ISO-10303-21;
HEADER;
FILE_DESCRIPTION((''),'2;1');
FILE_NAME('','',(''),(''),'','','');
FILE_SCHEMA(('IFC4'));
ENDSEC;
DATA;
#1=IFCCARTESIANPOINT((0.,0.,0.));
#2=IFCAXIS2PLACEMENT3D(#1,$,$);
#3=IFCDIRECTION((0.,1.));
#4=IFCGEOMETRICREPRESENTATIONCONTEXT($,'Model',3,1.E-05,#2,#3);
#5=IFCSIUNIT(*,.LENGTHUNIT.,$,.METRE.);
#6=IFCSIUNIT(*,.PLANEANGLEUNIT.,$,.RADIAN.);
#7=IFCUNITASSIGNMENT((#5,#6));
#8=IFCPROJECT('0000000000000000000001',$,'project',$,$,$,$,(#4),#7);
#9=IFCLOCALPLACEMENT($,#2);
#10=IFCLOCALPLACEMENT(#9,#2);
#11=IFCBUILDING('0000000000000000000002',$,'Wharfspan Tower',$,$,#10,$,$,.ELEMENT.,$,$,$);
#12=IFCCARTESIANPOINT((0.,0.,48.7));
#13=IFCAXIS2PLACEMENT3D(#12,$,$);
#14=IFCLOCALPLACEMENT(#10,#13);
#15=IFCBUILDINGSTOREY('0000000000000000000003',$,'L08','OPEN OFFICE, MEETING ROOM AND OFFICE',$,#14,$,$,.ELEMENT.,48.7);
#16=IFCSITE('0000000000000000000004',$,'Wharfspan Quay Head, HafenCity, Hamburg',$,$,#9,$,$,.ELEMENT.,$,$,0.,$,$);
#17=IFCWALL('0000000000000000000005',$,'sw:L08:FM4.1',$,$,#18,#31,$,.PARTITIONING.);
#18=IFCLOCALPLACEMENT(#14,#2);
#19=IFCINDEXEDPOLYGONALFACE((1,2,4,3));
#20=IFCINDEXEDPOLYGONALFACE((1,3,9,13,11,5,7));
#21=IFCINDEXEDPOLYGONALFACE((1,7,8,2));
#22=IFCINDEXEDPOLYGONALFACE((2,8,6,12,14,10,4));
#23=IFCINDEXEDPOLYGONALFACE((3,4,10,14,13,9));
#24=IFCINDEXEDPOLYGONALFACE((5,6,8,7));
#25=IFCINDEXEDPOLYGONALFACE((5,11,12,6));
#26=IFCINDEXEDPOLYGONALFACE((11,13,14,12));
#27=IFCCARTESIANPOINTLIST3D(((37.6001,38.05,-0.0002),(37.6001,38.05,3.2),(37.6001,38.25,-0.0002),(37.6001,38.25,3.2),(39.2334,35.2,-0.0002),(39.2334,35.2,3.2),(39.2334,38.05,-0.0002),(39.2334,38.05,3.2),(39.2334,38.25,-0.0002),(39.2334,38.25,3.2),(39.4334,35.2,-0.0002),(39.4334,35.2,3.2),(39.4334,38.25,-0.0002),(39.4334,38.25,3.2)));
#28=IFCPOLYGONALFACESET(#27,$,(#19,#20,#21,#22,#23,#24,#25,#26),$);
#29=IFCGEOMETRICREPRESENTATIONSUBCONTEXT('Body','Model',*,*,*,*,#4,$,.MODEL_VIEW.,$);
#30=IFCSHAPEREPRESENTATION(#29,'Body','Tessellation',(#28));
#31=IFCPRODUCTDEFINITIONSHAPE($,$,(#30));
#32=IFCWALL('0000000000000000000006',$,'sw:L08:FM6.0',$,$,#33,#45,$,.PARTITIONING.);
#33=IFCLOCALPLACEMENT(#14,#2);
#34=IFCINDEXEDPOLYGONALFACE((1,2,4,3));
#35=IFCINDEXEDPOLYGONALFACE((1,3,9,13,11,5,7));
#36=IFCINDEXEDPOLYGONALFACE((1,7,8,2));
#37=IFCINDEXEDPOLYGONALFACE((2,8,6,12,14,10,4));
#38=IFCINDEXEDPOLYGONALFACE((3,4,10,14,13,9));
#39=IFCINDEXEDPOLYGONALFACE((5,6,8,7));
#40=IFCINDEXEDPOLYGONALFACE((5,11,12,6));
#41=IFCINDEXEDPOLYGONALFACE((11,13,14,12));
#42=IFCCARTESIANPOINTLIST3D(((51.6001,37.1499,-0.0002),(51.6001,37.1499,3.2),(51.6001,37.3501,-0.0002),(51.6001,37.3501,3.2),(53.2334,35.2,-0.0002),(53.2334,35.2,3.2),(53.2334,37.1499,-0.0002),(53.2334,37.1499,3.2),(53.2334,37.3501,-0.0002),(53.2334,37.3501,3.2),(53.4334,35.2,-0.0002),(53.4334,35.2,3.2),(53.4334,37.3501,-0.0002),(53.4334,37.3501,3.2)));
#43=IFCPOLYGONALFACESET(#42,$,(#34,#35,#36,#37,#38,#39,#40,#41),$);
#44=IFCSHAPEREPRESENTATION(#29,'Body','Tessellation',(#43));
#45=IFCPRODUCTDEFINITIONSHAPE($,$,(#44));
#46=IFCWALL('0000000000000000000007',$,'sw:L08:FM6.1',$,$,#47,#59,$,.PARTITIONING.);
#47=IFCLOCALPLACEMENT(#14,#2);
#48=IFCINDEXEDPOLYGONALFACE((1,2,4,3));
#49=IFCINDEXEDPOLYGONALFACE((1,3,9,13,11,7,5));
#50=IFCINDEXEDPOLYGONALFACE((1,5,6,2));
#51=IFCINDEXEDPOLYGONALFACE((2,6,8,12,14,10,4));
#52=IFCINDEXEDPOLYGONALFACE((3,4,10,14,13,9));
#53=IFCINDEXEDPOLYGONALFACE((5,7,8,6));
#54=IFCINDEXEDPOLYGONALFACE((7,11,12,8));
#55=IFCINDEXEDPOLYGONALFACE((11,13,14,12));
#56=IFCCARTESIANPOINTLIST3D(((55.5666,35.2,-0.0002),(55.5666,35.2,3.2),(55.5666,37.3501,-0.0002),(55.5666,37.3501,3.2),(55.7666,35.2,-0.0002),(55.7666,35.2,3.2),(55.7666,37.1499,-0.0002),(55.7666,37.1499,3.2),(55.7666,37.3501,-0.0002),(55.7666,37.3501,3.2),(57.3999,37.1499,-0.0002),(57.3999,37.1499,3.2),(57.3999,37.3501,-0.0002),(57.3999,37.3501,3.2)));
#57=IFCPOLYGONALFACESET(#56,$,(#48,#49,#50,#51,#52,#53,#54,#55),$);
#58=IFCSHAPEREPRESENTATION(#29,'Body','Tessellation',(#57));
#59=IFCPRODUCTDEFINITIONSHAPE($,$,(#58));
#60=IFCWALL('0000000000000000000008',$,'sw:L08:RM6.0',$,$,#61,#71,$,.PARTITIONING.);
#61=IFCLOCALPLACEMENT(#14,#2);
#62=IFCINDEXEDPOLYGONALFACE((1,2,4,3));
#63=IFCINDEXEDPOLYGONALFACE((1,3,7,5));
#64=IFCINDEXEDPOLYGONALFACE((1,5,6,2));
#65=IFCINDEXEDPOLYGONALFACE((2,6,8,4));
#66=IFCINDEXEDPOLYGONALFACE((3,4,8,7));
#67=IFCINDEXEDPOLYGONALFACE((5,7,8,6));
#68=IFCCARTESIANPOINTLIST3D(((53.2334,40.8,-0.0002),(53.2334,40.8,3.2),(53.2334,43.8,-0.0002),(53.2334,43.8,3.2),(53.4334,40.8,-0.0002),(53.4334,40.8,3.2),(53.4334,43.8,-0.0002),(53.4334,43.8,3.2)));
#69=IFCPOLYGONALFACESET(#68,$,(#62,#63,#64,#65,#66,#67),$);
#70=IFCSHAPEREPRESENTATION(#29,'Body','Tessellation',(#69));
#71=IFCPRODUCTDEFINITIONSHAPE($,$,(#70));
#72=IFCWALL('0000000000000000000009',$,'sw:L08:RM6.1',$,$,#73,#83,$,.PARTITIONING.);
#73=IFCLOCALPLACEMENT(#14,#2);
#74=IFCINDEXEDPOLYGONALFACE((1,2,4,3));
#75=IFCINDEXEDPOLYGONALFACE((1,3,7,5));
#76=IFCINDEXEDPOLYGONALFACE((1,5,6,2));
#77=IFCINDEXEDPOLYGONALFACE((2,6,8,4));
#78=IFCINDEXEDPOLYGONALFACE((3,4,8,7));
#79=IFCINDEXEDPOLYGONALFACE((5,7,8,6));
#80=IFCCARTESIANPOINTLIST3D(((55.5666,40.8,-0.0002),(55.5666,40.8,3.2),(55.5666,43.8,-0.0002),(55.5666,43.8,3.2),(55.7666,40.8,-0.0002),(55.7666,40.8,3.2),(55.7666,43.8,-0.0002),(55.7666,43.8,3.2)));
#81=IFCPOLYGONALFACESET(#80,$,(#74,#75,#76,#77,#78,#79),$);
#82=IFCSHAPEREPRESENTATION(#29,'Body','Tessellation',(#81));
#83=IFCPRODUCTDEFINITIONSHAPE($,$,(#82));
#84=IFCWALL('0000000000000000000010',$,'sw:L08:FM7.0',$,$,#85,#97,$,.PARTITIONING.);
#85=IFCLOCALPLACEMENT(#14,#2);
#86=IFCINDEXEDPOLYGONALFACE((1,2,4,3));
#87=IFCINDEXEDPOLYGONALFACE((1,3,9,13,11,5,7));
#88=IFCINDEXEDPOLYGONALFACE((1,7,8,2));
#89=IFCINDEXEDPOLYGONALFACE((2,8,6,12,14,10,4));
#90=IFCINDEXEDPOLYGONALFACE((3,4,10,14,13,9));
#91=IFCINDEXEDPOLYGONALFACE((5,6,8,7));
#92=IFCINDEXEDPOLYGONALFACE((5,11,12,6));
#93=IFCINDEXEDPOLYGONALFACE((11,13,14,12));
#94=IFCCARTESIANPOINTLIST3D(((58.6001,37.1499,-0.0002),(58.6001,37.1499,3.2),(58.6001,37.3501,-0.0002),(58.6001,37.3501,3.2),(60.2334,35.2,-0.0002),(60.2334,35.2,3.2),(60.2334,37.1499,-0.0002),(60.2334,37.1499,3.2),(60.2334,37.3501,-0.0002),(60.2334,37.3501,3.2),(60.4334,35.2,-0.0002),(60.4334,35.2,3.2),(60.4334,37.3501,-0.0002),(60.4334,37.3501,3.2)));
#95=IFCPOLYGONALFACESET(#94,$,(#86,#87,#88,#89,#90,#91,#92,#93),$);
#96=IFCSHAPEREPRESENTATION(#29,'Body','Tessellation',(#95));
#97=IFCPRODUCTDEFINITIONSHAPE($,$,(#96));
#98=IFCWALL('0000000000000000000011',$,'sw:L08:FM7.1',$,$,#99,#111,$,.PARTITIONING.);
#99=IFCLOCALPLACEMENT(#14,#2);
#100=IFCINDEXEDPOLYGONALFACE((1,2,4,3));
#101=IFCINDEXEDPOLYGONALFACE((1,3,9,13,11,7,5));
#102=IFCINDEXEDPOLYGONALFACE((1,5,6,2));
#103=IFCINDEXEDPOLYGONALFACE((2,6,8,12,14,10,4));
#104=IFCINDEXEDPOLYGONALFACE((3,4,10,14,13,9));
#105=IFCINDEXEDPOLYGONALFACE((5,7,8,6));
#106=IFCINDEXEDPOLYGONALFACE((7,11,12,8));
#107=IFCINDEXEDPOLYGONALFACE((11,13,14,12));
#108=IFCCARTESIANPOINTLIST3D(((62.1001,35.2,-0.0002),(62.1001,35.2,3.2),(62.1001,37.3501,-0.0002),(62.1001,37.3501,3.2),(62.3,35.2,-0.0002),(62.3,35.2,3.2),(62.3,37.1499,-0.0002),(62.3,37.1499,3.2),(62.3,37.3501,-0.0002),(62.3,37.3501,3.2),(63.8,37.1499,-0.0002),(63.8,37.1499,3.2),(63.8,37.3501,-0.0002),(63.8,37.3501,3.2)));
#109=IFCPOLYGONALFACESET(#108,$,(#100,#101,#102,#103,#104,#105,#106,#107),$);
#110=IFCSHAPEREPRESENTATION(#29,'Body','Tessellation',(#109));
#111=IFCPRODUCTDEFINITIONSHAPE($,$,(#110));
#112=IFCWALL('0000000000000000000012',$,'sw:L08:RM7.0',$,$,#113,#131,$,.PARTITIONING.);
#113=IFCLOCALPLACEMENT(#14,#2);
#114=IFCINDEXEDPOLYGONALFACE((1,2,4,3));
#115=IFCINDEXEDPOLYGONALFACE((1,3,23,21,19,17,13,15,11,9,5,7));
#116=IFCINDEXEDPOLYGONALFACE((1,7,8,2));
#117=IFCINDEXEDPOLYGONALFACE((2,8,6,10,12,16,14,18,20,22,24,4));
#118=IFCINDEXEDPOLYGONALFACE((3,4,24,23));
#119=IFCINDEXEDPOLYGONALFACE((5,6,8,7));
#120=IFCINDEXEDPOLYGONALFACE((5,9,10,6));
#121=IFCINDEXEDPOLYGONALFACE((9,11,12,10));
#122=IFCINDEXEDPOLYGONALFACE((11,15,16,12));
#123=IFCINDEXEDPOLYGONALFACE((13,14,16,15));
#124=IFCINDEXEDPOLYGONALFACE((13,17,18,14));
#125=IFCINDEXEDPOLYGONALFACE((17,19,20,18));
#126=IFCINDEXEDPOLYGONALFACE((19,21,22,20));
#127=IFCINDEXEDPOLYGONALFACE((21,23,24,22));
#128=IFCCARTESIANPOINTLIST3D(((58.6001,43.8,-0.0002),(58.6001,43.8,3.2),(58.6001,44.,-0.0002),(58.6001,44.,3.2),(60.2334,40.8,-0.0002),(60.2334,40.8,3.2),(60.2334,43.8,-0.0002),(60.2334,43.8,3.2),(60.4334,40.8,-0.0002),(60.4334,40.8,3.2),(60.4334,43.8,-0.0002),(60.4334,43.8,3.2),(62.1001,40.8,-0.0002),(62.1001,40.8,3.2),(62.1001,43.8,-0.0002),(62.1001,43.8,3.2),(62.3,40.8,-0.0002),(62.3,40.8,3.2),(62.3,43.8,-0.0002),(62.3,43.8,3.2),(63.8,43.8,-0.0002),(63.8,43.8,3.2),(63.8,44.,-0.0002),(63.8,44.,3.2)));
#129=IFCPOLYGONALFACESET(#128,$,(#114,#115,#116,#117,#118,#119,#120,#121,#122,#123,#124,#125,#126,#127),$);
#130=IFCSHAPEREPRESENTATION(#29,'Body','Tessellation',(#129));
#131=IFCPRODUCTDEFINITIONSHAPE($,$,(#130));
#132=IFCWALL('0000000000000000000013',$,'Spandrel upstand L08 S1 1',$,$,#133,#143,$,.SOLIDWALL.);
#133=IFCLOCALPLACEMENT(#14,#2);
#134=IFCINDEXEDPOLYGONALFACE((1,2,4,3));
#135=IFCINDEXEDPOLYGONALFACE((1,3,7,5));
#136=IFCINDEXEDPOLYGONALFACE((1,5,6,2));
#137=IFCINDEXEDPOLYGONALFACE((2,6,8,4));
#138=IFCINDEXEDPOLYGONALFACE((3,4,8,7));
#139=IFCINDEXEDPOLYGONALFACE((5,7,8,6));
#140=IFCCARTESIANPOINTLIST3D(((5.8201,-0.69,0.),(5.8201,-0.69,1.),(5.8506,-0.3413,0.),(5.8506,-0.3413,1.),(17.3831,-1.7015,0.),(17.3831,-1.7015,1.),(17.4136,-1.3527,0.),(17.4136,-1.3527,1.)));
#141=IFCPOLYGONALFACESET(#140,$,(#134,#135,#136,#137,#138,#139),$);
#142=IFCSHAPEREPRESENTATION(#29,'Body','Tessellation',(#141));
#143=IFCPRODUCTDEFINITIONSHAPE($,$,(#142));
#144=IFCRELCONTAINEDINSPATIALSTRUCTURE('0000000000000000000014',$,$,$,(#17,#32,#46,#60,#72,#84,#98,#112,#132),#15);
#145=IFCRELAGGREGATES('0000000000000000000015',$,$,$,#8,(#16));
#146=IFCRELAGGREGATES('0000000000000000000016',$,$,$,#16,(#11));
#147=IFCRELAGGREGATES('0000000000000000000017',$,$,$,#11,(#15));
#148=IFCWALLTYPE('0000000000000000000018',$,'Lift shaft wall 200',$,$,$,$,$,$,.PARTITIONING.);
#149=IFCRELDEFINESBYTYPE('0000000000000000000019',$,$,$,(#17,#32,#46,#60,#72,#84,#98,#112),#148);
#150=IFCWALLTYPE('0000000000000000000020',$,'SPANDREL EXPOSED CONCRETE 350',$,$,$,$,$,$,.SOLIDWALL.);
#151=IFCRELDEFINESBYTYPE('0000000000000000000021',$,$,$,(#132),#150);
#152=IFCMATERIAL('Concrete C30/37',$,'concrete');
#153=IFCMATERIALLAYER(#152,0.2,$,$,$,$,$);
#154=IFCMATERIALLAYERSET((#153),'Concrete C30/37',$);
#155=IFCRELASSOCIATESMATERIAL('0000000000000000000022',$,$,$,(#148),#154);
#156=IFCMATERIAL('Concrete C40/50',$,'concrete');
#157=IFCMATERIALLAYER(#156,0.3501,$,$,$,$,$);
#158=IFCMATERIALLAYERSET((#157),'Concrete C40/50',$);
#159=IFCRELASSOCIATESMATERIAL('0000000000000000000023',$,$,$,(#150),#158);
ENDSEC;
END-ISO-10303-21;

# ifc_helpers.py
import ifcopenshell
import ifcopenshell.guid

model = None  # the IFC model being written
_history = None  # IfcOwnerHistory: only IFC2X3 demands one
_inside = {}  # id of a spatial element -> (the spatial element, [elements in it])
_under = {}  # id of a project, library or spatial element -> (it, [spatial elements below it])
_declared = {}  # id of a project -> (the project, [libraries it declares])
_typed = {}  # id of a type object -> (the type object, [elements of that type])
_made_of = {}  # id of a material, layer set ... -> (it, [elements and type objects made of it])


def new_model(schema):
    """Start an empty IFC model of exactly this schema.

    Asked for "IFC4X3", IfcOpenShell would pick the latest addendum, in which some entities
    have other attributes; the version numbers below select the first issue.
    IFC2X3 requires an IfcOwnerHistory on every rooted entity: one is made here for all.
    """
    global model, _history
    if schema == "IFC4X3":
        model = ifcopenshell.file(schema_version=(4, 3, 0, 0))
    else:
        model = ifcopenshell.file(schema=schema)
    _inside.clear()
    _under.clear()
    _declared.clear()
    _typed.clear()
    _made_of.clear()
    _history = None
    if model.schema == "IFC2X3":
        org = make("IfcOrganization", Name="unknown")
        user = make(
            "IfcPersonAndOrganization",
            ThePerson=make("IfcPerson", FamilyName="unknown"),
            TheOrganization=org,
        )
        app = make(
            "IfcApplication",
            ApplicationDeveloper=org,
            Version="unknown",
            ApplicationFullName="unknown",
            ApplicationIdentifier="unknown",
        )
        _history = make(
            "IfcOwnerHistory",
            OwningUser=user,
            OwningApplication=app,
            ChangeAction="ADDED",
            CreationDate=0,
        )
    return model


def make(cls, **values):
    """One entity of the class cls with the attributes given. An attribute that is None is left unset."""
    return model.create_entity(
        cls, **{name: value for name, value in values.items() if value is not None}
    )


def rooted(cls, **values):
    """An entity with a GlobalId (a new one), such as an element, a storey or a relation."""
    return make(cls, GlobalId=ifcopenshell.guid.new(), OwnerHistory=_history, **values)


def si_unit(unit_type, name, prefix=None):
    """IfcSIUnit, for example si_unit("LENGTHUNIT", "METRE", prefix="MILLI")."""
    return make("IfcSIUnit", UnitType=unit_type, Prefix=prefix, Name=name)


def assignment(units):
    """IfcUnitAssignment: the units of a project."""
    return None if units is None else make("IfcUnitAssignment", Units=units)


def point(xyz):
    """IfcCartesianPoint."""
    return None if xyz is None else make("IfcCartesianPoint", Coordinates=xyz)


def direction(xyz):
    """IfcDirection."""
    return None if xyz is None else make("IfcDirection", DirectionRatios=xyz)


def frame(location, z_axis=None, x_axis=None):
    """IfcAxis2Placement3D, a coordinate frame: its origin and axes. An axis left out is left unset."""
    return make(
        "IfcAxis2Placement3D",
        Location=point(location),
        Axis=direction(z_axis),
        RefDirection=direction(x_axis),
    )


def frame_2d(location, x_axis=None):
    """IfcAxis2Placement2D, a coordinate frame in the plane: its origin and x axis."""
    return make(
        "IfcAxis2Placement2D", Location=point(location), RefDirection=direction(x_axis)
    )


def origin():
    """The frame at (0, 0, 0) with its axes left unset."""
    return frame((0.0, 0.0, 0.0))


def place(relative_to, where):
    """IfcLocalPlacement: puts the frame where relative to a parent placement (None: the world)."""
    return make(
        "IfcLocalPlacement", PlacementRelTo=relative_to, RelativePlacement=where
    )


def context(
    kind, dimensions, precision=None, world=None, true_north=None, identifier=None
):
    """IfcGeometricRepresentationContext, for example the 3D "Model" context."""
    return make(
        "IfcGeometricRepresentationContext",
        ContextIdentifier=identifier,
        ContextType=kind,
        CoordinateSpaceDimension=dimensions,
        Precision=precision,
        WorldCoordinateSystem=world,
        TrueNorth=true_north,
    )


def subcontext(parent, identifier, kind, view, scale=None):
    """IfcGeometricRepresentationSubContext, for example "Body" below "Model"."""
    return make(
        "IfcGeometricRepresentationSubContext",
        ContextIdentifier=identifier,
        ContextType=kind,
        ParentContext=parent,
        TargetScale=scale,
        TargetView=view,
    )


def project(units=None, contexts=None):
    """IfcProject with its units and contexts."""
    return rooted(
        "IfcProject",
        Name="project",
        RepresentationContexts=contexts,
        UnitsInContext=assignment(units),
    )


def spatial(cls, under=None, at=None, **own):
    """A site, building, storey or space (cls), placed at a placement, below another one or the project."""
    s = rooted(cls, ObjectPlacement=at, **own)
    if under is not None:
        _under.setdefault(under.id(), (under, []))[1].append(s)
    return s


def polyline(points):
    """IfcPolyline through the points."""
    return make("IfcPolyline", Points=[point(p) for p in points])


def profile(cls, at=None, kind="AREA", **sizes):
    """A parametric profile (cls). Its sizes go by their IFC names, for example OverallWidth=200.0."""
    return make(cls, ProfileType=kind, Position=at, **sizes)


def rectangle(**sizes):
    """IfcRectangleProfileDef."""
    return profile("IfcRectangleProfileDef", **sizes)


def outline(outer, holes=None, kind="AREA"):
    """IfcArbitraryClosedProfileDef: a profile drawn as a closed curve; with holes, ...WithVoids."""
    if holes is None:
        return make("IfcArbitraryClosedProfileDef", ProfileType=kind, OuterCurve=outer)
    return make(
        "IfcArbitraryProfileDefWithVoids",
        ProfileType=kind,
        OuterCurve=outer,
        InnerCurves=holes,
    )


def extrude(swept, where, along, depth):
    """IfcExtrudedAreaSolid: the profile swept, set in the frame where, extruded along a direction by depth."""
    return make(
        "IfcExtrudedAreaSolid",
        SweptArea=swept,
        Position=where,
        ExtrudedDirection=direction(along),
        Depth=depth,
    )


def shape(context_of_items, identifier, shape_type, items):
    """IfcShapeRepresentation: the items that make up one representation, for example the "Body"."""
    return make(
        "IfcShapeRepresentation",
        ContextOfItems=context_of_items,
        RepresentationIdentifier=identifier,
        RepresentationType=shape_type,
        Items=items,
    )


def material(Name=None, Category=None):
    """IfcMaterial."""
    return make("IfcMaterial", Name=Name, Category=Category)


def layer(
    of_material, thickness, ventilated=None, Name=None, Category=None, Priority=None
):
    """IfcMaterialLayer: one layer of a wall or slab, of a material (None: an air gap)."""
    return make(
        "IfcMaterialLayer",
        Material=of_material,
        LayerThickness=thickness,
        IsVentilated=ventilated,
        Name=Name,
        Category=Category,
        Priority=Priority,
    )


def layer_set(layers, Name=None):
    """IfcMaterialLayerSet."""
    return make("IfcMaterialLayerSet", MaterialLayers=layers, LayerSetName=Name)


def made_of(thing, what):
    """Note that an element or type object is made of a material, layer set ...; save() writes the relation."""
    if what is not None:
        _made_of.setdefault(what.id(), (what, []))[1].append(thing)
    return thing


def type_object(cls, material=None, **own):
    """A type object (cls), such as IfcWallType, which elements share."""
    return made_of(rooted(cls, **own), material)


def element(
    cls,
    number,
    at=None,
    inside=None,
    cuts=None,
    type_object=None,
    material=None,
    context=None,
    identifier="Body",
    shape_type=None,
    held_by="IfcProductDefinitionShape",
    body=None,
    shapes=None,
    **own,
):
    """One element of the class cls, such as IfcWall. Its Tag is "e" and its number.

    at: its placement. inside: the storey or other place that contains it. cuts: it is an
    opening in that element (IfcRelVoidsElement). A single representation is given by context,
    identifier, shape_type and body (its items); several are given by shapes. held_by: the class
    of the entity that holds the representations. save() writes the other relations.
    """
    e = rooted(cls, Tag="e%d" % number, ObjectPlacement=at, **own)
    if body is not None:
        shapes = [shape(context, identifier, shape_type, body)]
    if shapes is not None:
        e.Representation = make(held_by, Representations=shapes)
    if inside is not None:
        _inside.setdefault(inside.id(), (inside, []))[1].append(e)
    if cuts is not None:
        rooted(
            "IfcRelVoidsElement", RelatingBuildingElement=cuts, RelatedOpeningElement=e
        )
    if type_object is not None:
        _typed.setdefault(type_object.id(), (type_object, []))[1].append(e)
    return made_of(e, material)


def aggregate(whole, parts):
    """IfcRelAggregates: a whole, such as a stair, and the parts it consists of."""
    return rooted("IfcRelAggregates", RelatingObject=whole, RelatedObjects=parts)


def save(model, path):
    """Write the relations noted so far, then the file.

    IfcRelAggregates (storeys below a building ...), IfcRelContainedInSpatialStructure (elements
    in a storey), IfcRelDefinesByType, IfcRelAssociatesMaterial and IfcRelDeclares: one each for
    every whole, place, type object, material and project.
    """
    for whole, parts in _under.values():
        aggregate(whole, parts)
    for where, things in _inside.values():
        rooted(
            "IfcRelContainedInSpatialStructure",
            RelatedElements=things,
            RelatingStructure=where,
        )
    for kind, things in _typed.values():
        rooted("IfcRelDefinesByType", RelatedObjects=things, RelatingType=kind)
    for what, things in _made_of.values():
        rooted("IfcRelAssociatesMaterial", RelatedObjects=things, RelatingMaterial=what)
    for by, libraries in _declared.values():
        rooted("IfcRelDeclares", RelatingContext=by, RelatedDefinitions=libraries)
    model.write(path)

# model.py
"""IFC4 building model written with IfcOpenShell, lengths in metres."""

from ifc_helpers import new_model, si_unit, direction, frame, frame_2d, origin, place, context, subcontext, project, spatial, polyline, rectangle, outline, extrude, material, layer, layer_set, type_object, element, save


model = new_model("IFC4")

# Units and contexts
model_context = context("Model", 3, precision=1e-05, world=origin(), true_north=direction((0.0, 1.0)))
body_context = subcontext(model_context, "Body", "Model", "MODEL_VIEW")
ifc_project = project(units=[si_unit("LENGTHUNIT", "METRE"), si_unit("PLANEANGLEUNIT", "RADIAN")], contexts=[model_context])

# Site, building, storey
site_placement = place(None, origin())
site = spatial("IfcSite", under=ifc_project, at=site_placement, Name="Wharfspan Quay Head, HafenCity, Hamburg", CompositionType="ELEMENT", RefElevation=0.0)
building_placement = place(site_placement, origin())
building = spatial("IfcBuilding", under=site, at=building_placement, Name="Wharfspan Tower", CompositionType="ELEMENT")
storey_placement = place(building_placement, frame((0.0, 0.0, 48.7)))
storey = spatial("IfcBuildingStorey", under=building, at=storey_placement, Name="L08", Description="OPEN OFFICE, MEETING ROOM AND OFFICE", CompositionType="ELEMENT", Elevation=48.7)

# Shared definitions
ifc_material_1 = material(Name="Concrete C40/50", Category="concrete")

# Walls
ifc_material_2 = material(Name="Concrete C30/37", Category="concrete")
ifc_layer_1 = layer(ifc_material_2, 0.2)
ifc_layer_set_1 = layer_set([ifc_layer_1], Name="Concrete C30/37")
wall_type_1 = type_object("IfcWallType", Name="Lift shaft wall 200", PredefinedType="PARTITIONING", material=ifc_layer_set_1)
wall_1_placement = place(storey_placement, frame((0.0, 0.0, -0.0002)))
element("IfcWall", 1, at=wall_1_placement, inside=storey, type_object=wall_type_1, Name="sw:L08:FM4.1", PredefinedType="PARTITIONING", context=body_context, shape_type="SweptSolid", body=[
    extrude(outline(polyline([(39.2334, 38.05), (37.6001, 38.05), (37.6001, 38.25), (39.2334, 38.25), (39.4333, 38.25), (39.4333, 35.2), (39.2334, 35.2), (39.2334, 38.05)])), origin(), (0.0, 0.0, 1.0), 3.2002),
])
wall_2_placement = place(storey_placement, frame((0.0, 0.0, -0.0002)))
element("IfcWall", 2, at=wall_2_placement, inside=storey, type_object=wall_type_1, Name="sw:L08:FM6.0", PredefinedType="PARTITIONING", context=body_context, shape_type="SweptSolid", body=[
    extrude(outline(polyline([(53.2334, 37.1499), (51.6001, 37.1499), (51.6001, 37.3501), (53.2334, 37.3501), (53.4333, 37.3501), (53.4333, 35.2), (53.2334, 35.2), (53.2334, 37.1499)])), origin(), (0.0, 0.0, 1.0), 3.2002),
])
wall_3_placement = place(storey_placement, frame((0.0, 0.0, -0.0002)))
element("IfcWall", 3, at=wall_3_placement, inside=storey, type_object=wall_type_1, Name="sw:L08:FM6.1", PredefinedType="PARTITIONING", context=body_context, shape_type="SweptSolid", body=[
    extrude(outline(polyline([(55.5667, 37.3501), (55.7666, 37.3501), (57.3999, 37.3501), (57.3999, 37.1499), (55.7666, 37.1499), (55.7666, 35.2), (55.5667, 35.2), (55.5667, 37.3501)])), origin(), (0.0, 0.0, 1.0), 3.2002),
])
wall_4_placement = place(storey_placement, frame((0.0, 0.0, -0.0002)))
element("IfcWall", 4, at=wall_4_placement, inside=storey, type_object=wall_type_1, Name="sw:L08:RM6.0", PredefinedType="PARTITIONING", context=body_context, shape_type="SweptSolid", body=[
    extrude(outline(polyline([(53.2334, 40.8), (53.2334, 43.8), (53.4333, 43.8), (53.4333, 40.8), (53.2334, 40.8)])), origin(), (0.0, 0.0, 1.0), 3.2002),
])
wall_5_placement = place(storey_placement, frame((0.0, 0.0, -0.0002)))
element("IfcWall", 5, at=wall_5_placement, inside=storey, type_object=wall_type_1, Name="sw:L08:RM6.1", PredefinedType="PARTITIONING", context=body_context, shape_type="SweptSolid", body=[
    extrude(outline(polyline([(55.5667, 40.8), (55.5667, 43.8), (55.7666, 43.8), (55.7666, 40.8), (55.5667, 40.8)])), origin(), (0.0, 0.0, 1.0), 3.2002),
])
wall_6_placement = place(storey_placement, frame((0.0, 0.0, -0.0002)))
element("IfcWall", 6, at=wall_6_placement, inside=storey, type_object=wall_type_1, Name="sw:L08:FM7.0", PredefinedType="PARTITIONING", context=body_context, shape_type="SweptSolid", body=[
    extrude(outline(polyline([(60.2334, 37.1499), (58.6001, 37.1499), (58.6001, 37.3501), (60.2334, 37.3501), (60.4333, 37.3501), (60.4333, 35.2), (60.2334, 35.2), (60.2334, 37.1499)])), origin(), (0.0, 0.0, 1.0), 3.2002),
])
wall_7_placement = place(storey_placement, frame((0.0, 0.0, -0.0002)))
element("IfcWall", 7, at=wall_7_placement, inside=storey, type_object=wall_type_1, Name="sw:L08:FM7.1", PredefinedType="PARTITIONING", context=body_context, shape_type="SweptSolid", body=[
    extrude(outline(polyline([(62.1001, 37.3501), (62.3, 37.3501), (63.8, 37.3501), (63.8, 37.1499), (62.3, 37.1499), (62.3, 35.2), (62.1001, 35.2), (62.1001, 37.3501)])), origin(), (0.0, 0.0, 1.0), 3.2002),
])
wall_8_placement = place(storey_placement, frame((0.0, 0.0, -0.0002)))
element("IfcWall", 8, at=wall_8_placement, inside=storey, type_object=wall_type_1, Name="sw:L08:RM7.0", PredefinedType="PARTITIONING", context=body_context, shape_type="SweptSolid", body=[
    extrude(outline(polyline([(60.4333, 40.8), (60.2334, 40.8), (60.2334, 43.8), (58.6001, 43.8), (58.6001, 44.0), (63.8, 44.0), (63.8, 43.8), (62.3, 43.8), (62.3, 40.8), (62.1001, 40.8), (62.1001, 43.8), (60.4333, 43.8), (60.4333, 40.8)])), origin(), (0.0, 0.0, 1.0), 3.2002),
])
ifc_layer_2 = layer(ifc_material_1, 0.3501)
ifc_layer_set_2 = layer_set([ifc_layer_2], Name="Concrete C40/50")
wall_type_2 = type_object("IfcWallType", Name="SPANDREL EXPOSED CONCRETE 350", PredefinedType="SOLIDWALL", material=ifc_layer_set_2)
wall_9_placement = place(storey_placement, frame((5.8352, -0.5156, 0.0), z_axis=(0.0, 0.0, 1.0), x_axis=(0.996192, -0.087142, 0.0)))
element("IfcWall", 9, at=wall_9_placement, inside=storey, type_object=wall_type_2, Name="Spandrel upstand L08 S1 1", PredefinedType="SOLIDWALL", context=body_context, shape_type="SweptSolid", body=[
    extrude(rectangle(XDim=11.6072, YDim=0.3501, at=frame_2d((5.8037, 0.0))), origin(), (0.0, 0.0, 1.0), 1.0),
])

save(model, "model.ifc")
